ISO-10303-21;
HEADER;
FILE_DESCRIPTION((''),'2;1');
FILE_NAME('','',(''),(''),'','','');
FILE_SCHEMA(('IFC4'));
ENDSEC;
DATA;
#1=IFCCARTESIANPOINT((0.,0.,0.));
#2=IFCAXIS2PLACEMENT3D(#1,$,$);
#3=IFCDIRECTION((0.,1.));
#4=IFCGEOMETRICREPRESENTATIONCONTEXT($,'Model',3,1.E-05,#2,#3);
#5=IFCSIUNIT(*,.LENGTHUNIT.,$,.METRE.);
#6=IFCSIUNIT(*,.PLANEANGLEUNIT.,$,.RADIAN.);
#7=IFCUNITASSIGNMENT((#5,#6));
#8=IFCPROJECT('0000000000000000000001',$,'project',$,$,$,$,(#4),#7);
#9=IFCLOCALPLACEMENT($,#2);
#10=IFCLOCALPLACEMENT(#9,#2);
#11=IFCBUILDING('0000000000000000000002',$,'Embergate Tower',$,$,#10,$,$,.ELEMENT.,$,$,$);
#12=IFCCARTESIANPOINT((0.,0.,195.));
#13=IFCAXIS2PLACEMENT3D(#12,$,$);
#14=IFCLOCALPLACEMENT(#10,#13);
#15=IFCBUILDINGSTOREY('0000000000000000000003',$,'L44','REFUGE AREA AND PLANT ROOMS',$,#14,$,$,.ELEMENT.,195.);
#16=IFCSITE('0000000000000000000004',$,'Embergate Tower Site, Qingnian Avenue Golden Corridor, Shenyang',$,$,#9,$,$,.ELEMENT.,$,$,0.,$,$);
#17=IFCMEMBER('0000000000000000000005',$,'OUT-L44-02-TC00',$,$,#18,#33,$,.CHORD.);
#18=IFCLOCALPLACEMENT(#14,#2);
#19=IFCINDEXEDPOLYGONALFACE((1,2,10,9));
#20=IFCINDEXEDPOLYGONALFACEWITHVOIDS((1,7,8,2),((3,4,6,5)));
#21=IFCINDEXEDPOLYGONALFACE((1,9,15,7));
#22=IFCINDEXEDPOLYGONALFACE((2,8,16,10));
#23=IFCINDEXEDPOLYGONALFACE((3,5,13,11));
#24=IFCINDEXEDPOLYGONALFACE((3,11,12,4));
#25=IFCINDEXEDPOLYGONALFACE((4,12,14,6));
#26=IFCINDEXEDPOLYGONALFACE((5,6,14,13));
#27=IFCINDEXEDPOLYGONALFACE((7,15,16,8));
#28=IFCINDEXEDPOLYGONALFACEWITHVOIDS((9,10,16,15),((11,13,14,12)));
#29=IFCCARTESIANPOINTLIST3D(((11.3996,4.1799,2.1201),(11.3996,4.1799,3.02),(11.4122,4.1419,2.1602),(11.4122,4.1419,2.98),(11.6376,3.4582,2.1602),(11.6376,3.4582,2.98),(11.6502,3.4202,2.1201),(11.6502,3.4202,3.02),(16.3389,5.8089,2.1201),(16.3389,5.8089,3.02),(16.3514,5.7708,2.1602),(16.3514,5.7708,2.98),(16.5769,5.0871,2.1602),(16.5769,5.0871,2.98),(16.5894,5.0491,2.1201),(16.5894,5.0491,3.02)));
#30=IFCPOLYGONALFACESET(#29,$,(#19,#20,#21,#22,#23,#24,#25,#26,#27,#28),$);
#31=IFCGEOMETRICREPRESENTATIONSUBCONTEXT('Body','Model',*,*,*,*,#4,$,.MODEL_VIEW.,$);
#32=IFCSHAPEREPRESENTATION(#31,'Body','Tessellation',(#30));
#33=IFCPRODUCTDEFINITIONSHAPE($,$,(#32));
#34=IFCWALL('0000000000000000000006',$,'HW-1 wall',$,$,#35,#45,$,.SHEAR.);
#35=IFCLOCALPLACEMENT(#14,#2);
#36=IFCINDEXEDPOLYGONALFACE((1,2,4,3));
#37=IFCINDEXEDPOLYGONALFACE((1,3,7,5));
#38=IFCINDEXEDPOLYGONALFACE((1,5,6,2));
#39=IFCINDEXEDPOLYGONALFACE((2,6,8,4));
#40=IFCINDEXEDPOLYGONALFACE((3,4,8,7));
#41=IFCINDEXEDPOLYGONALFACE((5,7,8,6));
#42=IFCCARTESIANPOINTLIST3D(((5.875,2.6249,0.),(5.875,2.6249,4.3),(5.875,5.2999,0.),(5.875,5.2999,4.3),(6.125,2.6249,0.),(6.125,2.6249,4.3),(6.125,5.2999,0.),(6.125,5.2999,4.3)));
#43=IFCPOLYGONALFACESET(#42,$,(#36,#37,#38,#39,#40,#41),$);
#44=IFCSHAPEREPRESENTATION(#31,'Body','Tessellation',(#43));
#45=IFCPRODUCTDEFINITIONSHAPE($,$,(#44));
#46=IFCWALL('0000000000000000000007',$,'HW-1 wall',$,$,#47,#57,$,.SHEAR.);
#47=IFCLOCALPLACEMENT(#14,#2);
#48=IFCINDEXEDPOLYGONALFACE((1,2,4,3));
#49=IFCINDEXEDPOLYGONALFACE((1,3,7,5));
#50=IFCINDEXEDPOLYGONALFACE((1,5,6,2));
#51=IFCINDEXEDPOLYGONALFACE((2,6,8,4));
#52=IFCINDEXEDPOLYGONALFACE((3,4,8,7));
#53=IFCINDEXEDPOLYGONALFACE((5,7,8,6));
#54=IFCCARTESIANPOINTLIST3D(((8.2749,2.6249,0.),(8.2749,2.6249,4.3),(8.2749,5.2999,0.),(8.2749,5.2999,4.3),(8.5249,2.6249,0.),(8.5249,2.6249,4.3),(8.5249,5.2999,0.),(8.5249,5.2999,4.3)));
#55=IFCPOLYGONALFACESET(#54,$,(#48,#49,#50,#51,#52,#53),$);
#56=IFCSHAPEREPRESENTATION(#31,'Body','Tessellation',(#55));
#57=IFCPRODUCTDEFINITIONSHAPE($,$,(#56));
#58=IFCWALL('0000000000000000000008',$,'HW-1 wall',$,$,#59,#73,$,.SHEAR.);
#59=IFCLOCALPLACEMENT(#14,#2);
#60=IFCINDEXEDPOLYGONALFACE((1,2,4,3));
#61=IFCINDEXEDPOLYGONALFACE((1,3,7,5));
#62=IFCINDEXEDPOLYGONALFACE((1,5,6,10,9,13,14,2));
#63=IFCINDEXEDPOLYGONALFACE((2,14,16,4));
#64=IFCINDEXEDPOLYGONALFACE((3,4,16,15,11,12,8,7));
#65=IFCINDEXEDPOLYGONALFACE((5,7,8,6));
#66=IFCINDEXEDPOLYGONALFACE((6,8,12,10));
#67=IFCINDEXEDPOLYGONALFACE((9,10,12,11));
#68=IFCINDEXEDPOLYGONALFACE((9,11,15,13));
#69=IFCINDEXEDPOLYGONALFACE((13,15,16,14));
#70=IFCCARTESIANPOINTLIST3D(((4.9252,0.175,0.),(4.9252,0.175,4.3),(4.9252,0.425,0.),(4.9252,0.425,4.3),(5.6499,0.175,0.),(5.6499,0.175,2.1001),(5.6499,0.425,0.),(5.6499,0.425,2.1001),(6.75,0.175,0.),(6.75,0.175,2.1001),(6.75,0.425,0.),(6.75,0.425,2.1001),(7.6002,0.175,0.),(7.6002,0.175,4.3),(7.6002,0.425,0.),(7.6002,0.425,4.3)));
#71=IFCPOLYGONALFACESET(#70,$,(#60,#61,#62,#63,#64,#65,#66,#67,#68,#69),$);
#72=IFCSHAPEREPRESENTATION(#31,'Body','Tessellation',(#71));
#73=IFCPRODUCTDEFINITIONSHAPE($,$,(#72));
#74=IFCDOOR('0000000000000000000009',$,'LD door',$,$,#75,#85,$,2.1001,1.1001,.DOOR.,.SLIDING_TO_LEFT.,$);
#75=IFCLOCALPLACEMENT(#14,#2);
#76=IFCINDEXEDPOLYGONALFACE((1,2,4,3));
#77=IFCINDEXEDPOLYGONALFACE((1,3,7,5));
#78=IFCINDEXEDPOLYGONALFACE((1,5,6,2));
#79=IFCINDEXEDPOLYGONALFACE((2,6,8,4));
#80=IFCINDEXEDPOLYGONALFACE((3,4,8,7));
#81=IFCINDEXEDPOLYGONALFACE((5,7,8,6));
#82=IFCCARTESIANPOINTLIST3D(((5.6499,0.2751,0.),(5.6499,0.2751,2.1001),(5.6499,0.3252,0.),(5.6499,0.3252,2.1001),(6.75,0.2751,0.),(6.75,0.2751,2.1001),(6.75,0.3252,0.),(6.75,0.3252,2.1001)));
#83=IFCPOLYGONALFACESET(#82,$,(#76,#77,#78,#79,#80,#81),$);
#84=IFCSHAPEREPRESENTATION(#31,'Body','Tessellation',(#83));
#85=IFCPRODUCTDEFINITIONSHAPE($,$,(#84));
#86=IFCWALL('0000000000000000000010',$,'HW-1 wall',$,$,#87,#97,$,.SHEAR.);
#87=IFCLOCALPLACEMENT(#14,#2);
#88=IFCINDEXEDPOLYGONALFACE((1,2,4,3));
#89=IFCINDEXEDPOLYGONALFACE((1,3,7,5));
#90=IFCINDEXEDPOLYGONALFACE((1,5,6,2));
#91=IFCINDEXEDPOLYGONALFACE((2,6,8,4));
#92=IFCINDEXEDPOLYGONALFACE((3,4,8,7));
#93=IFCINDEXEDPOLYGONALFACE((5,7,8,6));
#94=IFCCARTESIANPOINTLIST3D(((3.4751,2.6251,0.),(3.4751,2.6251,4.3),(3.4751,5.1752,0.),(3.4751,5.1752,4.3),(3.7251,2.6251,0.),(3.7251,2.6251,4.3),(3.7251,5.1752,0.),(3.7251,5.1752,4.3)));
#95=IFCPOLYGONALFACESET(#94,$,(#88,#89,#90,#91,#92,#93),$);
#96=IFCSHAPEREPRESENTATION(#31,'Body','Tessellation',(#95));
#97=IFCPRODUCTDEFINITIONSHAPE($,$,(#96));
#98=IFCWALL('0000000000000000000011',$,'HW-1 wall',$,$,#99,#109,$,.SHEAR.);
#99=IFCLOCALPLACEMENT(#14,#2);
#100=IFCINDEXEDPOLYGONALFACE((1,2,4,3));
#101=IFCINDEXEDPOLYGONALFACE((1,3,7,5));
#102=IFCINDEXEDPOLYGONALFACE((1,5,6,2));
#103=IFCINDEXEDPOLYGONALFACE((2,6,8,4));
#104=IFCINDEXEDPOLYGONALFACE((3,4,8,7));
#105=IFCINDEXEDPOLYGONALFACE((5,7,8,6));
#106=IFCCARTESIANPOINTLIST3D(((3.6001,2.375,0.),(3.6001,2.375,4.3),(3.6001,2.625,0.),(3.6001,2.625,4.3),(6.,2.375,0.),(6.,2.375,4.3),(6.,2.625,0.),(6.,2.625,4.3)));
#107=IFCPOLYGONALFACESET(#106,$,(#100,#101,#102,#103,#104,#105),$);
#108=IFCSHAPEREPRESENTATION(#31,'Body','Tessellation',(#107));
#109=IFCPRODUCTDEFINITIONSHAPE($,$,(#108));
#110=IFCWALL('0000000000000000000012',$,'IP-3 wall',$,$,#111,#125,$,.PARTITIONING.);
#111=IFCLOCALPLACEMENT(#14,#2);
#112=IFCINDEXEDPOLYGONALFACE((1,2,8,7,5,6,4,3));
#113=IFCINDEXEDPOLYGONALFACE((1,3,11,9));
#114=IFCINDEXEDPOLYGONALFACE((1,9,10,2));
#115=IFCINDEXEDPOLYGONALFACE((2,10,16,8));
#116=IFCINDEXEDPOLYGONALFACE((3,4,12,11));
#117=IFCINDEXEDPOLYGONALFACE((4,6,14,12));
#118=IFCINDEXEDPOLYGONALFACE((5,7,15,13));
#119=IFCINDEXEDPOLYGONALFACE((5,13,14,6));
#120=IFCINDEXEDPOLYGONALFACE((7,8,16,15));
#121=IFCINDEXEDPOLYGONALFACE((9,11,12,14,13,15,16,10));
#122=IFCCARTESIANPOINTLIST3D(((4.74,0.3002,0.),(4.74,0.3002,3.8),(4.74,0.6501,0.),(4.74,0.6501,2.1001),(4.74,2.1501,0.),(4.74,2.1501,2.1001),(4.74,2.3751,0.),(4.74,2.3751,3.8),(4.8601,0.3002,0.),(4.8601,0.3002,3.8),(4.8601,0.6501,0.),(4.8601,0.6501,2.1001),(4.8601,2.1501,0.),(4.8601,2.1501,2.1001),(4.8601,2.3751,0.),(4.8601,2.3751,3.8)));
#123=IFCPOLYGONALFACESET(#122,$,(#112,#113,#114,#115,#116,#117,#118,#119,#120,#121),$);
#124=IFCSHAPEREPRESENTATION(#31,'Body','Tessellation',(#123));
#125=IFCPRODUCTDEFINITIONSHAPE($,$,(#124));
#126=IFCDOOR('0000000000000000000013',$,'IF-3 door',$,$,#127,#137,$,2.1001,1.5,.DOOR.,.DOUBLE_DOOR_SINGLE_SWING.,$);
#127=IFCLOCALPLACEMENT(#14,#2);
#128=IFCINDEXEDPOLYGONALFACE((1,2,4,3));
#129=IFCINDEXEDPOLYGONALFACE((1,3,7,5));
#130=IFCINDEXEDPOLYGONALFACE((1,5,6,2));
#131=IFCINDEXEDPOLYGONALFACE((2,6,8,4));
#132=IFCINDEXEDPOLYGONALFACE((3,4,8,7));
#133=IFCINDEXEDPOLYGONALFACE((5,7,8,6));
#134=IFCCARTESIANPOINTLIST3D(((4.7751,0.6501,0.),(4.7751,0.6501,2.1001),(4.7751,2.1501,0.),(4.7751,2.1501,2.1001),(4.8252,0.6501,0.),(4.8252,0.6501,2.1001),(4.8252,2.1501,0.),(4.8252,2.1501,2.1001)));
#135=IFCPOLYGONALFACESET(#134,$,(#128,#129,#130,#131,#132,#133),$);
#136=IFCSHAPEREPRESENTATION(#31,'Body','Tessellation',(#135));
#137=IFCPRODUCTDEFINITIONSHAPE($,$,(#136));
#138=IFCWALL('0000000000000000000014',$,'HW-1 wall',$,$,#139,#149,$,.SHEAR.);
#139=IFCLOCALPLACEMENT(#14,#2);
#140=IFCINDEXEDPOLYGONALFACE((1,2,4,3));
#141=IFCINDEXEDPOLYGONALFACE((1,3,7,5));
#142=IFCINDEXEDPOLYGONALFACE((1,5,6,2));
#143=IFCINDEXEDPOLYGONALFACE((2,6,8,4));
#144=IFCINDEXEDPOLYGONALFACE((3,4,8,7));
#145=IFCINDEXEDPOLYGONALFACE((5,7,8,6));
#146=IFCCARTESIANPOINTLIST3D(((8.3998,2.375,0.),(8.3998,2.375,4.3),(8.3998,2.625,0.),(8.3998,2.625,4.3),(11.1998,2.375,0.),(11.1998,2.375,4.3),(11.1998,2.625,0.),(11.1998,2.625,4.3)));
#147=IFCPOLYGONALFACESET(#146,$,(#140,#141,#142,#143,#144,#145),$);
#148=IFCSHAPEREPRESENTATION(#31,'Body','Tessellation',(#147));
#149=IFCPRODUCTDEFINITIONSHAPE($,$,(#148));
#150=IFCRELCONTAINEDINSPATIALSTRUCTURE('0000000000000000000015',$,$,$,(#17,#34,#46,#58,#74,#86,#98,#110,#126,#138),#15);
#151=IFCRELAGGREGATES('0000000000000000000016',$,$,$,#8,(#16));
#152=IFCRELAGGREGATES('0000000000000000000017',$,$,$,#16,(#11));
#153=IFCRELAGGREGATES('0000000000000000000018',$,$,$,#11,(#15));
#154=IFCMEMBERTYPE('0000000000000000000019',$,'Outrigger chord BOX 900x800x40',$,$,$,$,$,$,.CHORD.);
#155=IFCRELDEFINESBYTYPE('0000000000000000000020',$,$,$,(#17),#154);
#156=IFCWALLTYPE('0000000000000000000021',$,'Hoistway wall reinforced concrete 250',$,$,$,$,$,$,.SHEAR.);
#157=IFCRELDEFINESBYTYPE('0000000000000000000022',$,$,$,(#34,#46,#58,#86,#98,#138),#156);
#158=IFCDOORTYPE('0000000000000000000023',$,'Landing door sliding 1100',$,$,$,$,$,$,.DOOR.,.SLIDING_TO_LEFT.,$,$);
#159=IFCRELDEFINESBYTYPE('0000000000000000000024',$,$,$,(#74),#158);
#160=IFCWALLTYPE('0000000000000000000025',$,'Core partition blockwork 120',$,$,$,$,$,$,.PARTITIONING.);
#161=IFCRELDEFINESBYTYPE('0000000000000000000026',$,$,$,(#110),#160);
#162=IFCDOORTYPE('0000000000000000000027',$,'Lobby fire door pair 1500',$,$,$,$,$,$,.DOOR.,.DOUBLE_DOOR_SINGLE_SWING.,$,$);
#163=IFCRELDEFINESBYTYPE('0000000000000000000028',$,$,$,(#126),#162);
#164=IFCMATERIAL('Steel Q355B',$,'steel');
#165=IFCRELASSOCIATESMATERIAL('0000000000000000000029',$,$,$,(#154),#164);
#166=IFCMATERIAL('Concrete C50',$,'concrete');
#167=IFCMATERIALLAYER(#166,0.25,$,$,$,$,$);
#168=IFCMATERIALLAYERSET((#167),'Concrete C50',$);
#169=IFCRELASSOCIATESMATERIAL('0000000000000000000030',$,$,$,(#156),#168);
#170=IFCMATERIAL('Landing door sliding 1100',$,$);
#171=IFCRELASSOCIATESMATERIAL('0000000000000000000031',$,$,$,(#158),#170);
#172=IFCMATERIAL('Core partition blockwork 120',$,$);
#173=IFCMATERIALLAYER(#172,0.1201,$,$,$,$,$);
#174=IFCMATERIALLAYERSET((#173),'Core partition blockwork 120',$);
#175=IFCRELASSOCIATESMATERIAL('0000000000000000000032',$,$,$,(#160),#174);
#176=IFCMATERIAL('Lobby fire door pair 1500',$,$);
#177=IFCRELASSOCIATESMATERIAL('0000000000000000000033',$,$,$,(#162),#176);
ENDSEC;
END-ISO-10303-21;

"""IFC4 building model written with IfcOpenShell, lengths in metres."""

from ifc_helpers import new_model, si_unit, direction, frame, frame_2d, origin, origin_2d, place, context, subcontext, project, spatial, rectangle, hollow_rectangle, extrude, source, transform, mapped, material, layer, layer_set, material_profile, profile_set, type_object, element, fill, save


model = new_model("IFC4")

# Units and contexts
model_context = context("Model", 3, precision=1e-05, world=origin(), true_north=direction((0.0, 1.0)))
body_context = subcontext(model_context, "Body", "Model", "MODEL_VIEW")
ifc_project = project(units=[si_unit("LENGTHUNIT", "METRE"), si_unit("PLANEANGLEUNIT", "RADIAN")], contexts=[model_context])

# Site, building, storey
site_placement = place(None, origin())
site = spatial("IfcSite", under=ifc_project, at=site_placement, Name="Embergate Tower Site, Qingnian Avenue Golden Corridor, Shenyang", CompositionType="ELEMENT", RefElevation=0.0)
building_placement = place(site_placement, origin())
building = spatial("IfcBuilding", under=site, at=building_placement, Name="Embergate Tower", CompositionType="ELEMENT")
storey_placement = place(building_placement, frame((0.0, 0.0, 195.0)))
storey = spatial("IfcBuildingStorey", under=building, at=storey_placement, Name="L44", Description="REFUGE AREA AND PLANT ROOMS", CompositionType="ELEMENT", Elevation=195.0)

# Member
ifc_material_1 = material(Name="Steel Q355B", Category="steel")
ifc_material_profile = material_profile(ifc_material_1, hollow_rectangle(XDim=0.8, YDim=0.8999, WallThickness=0.04, at=origin_2d()), Name="BOX 900x800x40")
ifc_profile_set = profile_set([ifc_material_profile], Name="Steel Q355 grade B")
member_type = type_object("IfcMemberType", Name="Outrigger chord BOX 900x800x40", PredefinedType="CHORD", material=ifc_profile_set)
shared_shape_1 = source(origin(), body_context, "Body", "SweptSolid", [
    extrude(hollow_rectangle(XDim=0.8, YDim=0.8999, WallThickness=0.04, at=origin_2d()), origin(), (0.0, 0.0, 1.0), 5.2009),
])
member_placement = place(storey_placement, frame((11.5249, 3.8, 2.5701), z_axis=(0.949688, 0.313198, 0.0), x_axis=(-0.313198, 0.949688, 0.0)))
element("IfcMember", 1, at=member_placement, inside=storey, type_object=member_type, Name="OUT-L44-02-TC00", PredefinedType="CHORD", context=body_context, shape_type="MappedRepresentation", body=[
    mapped(shared_shape_1, transform((0.0, 0.0, 0.0))),
])

# Walls
ifc_material_2 = material(Name="Concrete C50", Category="concrete")
ifc_layer_1 = layer(ifc_material_2, 0.25)
ifc_layer_set_1 = layer_set([ifc_layer_1], Name="Concrete C50")
wall_type_1 = type_object("IfcWallType", Name="Hoistway wall reinforced concrete 250", PredefinedType="SHEAR", material=ifc_layer_set_1)
shared_shape_2 = source(origin(), body_context, "Body", "SweptSolid", [
    extrude(rectangle(XDim=2.675, YDim=0.25, at=frame_2d((1.3374, 0.0))), origin(), (0.0, 0.0, 1.0), 4.3),
])
for number, where, z_axis, x_axis, name in (
    (2, (6.0, 2.625, 0.0), (0.0, 0.0, 1.0), (0.0, 1.0, 0.0), "HW-1 wall"),
    (3, (8.3999, 2.625, 0.0), (0.0, 0.0, 1.0), (0.0, 1.0, 0.0), "HW-1 wall"),
):
    element("IfcWall", number, at=place(storey_placement, frame(where, z_axis=z_axis, x_axis=x_axis)), inside=storey, type_object=wall_type_1, Name=name, PredefinedType="SHEAR", context=body_context, shape_type="MappedRepresentation", body=[
        mapped(shared_shape_2, transform((0.0, 0.0, 0.0))),
    ])

# Wall, opening, door
wall_1_placement = place(storey_placement, frame((7.6001, 0.3, 0.0), z_axis=(0.0, 0.0, 1.0), x_axis=(-1.0, 0.0, 0.0)))
wall_1 = element("IfcWall", 4, at=wall_1_placement, inside=storey, type_object=wall_type_1, Name="HW-1 wall", PredefinedType="SHEAR", context=body_context, shape_type="MappedRepresentation", body=[
    mapped(shared_shape_2, transform((0.0, 0.0, 0.0))),
])
shared_shape_3 = source(origin(), body_context, "Body", "SweptSolid", [
    extrude(rectangle(XDim=1.1001, YDim=2.1001, at=frame_2d((0.55, 1.05))), frame((0.0, 0.135, 0.0), z_axis=(0.0, -1.0, 0.0), x_axis=(1.0, 0.0, 0.0)), (0.0, 0.0, 1.0), 0.27),
])
opening_1_placement = place(wall_1_placement, frame((0.8501, 0.0, 0.0)))
opening_1 = element("IfcOpeningElement", 5, at=opening_1_placement, cuts=wall_1, PredefinedType="OPENING", context=body_context, shape_type="MappedRepresentation", body=[
    mapped(shared_shape_3, transform((0.0, 0.0, 0.0))),
])
ifc_material_3 = material(Name="Landing door sliding 1100")
door_type_1 = type_object("IfcDoorType", Name="Landing door sliding 1100", OperationType="SLIDING_TO_LEFT", PredefinedType="DOOR", material=ifc_material_3)
shared_shape_4 = source(origin(), body_context, "Body", "SweptSolid", [
    extrude(rectangle(XDim=1.1001, YDim=2.1001, at=frame_2d((0.55, 1.05))), frame((0.0, 0.0249, 0.0), z_axis=(0.0, -1.0, 0.0), x_axis=(1.0, 0.0, 0.0)), (0.0, 0.0, 1.0), 0.05),
])
door_1_placement = place(opening_1_placement, origin())
door_1 = element("IfcDoor", 6, at=door_1_placement, inside=storey, type_object=door_type_1, Name="LD door", OperationType="SLIDING_TO_LEFT", OverallHeight=2.1001, OverallWidth=1.1001, PredefinedType="DOOR", context=body_context, shape_type="MappedRepresentation", body=[
    mapped(shared_shape_4, transform((0.0, 0.0, 0.0))),
])
fill(opening_1, door_1)

# Walls
shared_shape_5 = source(origin(), body_context, "Body", "SweptSolid", [
    extrude(rectangle(XDim=2.55, YDim=0.25, at=frame_2d((1.2749, 0.0))), origin(), (0.0, 0.0, 1.0), 4.3),
])
wall_2_placement = place(storey_placement, frame((3.6001, 5.175, 0.0), z_axis=(0.0, 0.0, 1.0), x_axis=(0.0, -1.0, 0.0)))
element("IfcWall", 7, at=wall_2_placement, inside=storey, type_object=wall_type_1, Name="HW-1 wall", PredefinedType="SHEAR", context=body_context, shape_type="MappedRepresentation", body=[
    mapped(shared_shape_5, transform((0.0, 0.0, 0.0))),
])
shared_shape_6 = source(origin(), body_context, "Body", "SweptSolid", [
    extrude(rectangle(XDim=2.3999, YDim=0.25, at=frame_2d((1.2, 0.0))), origin(), (0.0, 0.0, 1.0), 4.3),
])
wall_3_placement = place(storey_placement, frame((3.6001, 2.5, 0.0), z_axis=(0.0, 0.0, 1.0), x_axis=(1.0, 0.0, 0.0)))
element("IfcWall", 8, at=wall_3_placement, inside=storey, type_object=wall_type_1, Name="HW-1 wall", PredefinedType="SHEAR", context=body_context, shape_type="MappedRepresentation", body=[
    mapped(shared_shape_6, transform((0.0, 0.0, 0.0))),
])

# Wall, opening, door
ifc_material_4 = material(Name="Core partition blockwork 120")
ifc_layer_2 = layer(ifc_material_4, 0.1201)
ifc_layer_set_2 = layer_set([ifc_layer_2], Name="Core partition blockwork 120")
wall_type_2 = type_object("IfcWallType", Name="Core partition blockwork 120", PredefinedType="PARTITIONING", material=ifc_layer_set_2)
shared_shape_7 = source(origin(), body_context, "Body", "SweptSolid", [
    extrude(rectangle(XDim=2.075, YDim=0.1201, at=frame_2d((1.0376, 0.0))), origin(), (0.0, 0.0, 1.0), 3.8),
])
wall_4_placement = place(storey_placement, frame((4.8, 0.3, 0.0), z_axis=(0.0, 0.0, 1.0), x_axis=(0.0, 1.0, 0.0)))
wall_4 = element("IfcWall", 9, at=wall_4_placement, inside=storey, type_object=wall_type_2, Name="IP-3 wall", PredefinedType="PARTITIONING", context=body_context, shape_type="MappedRepresentation", body=[
    mapped(shared_shape_7, transform((0.0, 0.0, 0.0))),
])
shared_shape_8 = source(origin(), body_context, "Body", "SweptSolid", [
    extrude(rectangle(XDim=1.5, YDim=2.1001, at=frame_2d((0.75, 1.05))), frame((0.0, 0.0701, 0.0), z_axis=(0.0, -1.0, 0.0), x_axis=(1.0, 0.0, 0.0)), (0.0, 0.0, 1.0), 0.1401),
])
opening_2_placement = place(wall_4_placement, frame((0.3501, 0.0, 0.0)))
opening_2 = element("IfcOpeningElement", 10, at=opening_2_placement, cuts=wall_4, PredefinedType="OPENING", context=body_context, shape_type="MappedRepresentation", body=[
    mapped(shared_shape_8, transform((0.0, 0.0, 0.0))),
])
ifc_material_5 = material(Name="Lobby fire door pair 1500")
door_type_2 = type_object("IfcDoorType", Name="Lobby fire door pair 1500", OperationType="DOUBLE_DOOR_SINGLE_SWING", PredefinedType="DOOR", material=ifc_material_5)
shared_shape_9 = source(origin(), body_context, "Body", "SweptSolid", [
    extrude(rectangle(XDim=1.5, YDim=2.1001, at=frame_2d((0.75, 1.05))), frame((0.0, 0.0249, 0.0), z_axis=(0.0, -1.0, 0.0), x_axis=(1.0, 0.0, 0.0)), (0.0, 0.0, 1.0), 0.05),
])
door_2_placement = place(opening_2_placement, origin())
door_2 = element("IfcDoor", 11, at=door_2_placement, inside=storey, type_object=door_type_2, Name="IF-3 door", OperationType="DOUBLE_DOOR_SINGLE_SWING", OverallHeight=2.1001, OverallWidth=1.5, PredefinedType="DOOR", context=body_context, shape_type="MappedRepresentation", body=[
    mapped(shared_shape_9, transform((0.0, 0.0, 0.0))),
])
fill(opening_2, door_2)

# Wall
shared_shape_10 = source(origin(), body_context, "Body", "SweptSolid", [
    extrude(rectangle(XDim=2.8, YDim=0.25, at=frame_2d((1.3999, 0.0))), origin(), (0.0, 0.0, 1.0), 4.3),
])
wall_5_placement = place(storey_placement, frame((8.3999, 2.5, 0.0), z_axis=(0.0, 0.0, 1.0), x_axis=(1.0, 0.0, 0.0)))
element("IfcWall", 12, at=wall_5_placement, inside=storey, type_object=wall_type_1, Name="HW-1 wall", PredefinedType="SHEAR", context=body_context, shape_type="MappedRepresentation", body=[
    mapped(shared_shape_10, transform((0.0, 0.0, 0.0))),
])

save(model, "model.ifc")
